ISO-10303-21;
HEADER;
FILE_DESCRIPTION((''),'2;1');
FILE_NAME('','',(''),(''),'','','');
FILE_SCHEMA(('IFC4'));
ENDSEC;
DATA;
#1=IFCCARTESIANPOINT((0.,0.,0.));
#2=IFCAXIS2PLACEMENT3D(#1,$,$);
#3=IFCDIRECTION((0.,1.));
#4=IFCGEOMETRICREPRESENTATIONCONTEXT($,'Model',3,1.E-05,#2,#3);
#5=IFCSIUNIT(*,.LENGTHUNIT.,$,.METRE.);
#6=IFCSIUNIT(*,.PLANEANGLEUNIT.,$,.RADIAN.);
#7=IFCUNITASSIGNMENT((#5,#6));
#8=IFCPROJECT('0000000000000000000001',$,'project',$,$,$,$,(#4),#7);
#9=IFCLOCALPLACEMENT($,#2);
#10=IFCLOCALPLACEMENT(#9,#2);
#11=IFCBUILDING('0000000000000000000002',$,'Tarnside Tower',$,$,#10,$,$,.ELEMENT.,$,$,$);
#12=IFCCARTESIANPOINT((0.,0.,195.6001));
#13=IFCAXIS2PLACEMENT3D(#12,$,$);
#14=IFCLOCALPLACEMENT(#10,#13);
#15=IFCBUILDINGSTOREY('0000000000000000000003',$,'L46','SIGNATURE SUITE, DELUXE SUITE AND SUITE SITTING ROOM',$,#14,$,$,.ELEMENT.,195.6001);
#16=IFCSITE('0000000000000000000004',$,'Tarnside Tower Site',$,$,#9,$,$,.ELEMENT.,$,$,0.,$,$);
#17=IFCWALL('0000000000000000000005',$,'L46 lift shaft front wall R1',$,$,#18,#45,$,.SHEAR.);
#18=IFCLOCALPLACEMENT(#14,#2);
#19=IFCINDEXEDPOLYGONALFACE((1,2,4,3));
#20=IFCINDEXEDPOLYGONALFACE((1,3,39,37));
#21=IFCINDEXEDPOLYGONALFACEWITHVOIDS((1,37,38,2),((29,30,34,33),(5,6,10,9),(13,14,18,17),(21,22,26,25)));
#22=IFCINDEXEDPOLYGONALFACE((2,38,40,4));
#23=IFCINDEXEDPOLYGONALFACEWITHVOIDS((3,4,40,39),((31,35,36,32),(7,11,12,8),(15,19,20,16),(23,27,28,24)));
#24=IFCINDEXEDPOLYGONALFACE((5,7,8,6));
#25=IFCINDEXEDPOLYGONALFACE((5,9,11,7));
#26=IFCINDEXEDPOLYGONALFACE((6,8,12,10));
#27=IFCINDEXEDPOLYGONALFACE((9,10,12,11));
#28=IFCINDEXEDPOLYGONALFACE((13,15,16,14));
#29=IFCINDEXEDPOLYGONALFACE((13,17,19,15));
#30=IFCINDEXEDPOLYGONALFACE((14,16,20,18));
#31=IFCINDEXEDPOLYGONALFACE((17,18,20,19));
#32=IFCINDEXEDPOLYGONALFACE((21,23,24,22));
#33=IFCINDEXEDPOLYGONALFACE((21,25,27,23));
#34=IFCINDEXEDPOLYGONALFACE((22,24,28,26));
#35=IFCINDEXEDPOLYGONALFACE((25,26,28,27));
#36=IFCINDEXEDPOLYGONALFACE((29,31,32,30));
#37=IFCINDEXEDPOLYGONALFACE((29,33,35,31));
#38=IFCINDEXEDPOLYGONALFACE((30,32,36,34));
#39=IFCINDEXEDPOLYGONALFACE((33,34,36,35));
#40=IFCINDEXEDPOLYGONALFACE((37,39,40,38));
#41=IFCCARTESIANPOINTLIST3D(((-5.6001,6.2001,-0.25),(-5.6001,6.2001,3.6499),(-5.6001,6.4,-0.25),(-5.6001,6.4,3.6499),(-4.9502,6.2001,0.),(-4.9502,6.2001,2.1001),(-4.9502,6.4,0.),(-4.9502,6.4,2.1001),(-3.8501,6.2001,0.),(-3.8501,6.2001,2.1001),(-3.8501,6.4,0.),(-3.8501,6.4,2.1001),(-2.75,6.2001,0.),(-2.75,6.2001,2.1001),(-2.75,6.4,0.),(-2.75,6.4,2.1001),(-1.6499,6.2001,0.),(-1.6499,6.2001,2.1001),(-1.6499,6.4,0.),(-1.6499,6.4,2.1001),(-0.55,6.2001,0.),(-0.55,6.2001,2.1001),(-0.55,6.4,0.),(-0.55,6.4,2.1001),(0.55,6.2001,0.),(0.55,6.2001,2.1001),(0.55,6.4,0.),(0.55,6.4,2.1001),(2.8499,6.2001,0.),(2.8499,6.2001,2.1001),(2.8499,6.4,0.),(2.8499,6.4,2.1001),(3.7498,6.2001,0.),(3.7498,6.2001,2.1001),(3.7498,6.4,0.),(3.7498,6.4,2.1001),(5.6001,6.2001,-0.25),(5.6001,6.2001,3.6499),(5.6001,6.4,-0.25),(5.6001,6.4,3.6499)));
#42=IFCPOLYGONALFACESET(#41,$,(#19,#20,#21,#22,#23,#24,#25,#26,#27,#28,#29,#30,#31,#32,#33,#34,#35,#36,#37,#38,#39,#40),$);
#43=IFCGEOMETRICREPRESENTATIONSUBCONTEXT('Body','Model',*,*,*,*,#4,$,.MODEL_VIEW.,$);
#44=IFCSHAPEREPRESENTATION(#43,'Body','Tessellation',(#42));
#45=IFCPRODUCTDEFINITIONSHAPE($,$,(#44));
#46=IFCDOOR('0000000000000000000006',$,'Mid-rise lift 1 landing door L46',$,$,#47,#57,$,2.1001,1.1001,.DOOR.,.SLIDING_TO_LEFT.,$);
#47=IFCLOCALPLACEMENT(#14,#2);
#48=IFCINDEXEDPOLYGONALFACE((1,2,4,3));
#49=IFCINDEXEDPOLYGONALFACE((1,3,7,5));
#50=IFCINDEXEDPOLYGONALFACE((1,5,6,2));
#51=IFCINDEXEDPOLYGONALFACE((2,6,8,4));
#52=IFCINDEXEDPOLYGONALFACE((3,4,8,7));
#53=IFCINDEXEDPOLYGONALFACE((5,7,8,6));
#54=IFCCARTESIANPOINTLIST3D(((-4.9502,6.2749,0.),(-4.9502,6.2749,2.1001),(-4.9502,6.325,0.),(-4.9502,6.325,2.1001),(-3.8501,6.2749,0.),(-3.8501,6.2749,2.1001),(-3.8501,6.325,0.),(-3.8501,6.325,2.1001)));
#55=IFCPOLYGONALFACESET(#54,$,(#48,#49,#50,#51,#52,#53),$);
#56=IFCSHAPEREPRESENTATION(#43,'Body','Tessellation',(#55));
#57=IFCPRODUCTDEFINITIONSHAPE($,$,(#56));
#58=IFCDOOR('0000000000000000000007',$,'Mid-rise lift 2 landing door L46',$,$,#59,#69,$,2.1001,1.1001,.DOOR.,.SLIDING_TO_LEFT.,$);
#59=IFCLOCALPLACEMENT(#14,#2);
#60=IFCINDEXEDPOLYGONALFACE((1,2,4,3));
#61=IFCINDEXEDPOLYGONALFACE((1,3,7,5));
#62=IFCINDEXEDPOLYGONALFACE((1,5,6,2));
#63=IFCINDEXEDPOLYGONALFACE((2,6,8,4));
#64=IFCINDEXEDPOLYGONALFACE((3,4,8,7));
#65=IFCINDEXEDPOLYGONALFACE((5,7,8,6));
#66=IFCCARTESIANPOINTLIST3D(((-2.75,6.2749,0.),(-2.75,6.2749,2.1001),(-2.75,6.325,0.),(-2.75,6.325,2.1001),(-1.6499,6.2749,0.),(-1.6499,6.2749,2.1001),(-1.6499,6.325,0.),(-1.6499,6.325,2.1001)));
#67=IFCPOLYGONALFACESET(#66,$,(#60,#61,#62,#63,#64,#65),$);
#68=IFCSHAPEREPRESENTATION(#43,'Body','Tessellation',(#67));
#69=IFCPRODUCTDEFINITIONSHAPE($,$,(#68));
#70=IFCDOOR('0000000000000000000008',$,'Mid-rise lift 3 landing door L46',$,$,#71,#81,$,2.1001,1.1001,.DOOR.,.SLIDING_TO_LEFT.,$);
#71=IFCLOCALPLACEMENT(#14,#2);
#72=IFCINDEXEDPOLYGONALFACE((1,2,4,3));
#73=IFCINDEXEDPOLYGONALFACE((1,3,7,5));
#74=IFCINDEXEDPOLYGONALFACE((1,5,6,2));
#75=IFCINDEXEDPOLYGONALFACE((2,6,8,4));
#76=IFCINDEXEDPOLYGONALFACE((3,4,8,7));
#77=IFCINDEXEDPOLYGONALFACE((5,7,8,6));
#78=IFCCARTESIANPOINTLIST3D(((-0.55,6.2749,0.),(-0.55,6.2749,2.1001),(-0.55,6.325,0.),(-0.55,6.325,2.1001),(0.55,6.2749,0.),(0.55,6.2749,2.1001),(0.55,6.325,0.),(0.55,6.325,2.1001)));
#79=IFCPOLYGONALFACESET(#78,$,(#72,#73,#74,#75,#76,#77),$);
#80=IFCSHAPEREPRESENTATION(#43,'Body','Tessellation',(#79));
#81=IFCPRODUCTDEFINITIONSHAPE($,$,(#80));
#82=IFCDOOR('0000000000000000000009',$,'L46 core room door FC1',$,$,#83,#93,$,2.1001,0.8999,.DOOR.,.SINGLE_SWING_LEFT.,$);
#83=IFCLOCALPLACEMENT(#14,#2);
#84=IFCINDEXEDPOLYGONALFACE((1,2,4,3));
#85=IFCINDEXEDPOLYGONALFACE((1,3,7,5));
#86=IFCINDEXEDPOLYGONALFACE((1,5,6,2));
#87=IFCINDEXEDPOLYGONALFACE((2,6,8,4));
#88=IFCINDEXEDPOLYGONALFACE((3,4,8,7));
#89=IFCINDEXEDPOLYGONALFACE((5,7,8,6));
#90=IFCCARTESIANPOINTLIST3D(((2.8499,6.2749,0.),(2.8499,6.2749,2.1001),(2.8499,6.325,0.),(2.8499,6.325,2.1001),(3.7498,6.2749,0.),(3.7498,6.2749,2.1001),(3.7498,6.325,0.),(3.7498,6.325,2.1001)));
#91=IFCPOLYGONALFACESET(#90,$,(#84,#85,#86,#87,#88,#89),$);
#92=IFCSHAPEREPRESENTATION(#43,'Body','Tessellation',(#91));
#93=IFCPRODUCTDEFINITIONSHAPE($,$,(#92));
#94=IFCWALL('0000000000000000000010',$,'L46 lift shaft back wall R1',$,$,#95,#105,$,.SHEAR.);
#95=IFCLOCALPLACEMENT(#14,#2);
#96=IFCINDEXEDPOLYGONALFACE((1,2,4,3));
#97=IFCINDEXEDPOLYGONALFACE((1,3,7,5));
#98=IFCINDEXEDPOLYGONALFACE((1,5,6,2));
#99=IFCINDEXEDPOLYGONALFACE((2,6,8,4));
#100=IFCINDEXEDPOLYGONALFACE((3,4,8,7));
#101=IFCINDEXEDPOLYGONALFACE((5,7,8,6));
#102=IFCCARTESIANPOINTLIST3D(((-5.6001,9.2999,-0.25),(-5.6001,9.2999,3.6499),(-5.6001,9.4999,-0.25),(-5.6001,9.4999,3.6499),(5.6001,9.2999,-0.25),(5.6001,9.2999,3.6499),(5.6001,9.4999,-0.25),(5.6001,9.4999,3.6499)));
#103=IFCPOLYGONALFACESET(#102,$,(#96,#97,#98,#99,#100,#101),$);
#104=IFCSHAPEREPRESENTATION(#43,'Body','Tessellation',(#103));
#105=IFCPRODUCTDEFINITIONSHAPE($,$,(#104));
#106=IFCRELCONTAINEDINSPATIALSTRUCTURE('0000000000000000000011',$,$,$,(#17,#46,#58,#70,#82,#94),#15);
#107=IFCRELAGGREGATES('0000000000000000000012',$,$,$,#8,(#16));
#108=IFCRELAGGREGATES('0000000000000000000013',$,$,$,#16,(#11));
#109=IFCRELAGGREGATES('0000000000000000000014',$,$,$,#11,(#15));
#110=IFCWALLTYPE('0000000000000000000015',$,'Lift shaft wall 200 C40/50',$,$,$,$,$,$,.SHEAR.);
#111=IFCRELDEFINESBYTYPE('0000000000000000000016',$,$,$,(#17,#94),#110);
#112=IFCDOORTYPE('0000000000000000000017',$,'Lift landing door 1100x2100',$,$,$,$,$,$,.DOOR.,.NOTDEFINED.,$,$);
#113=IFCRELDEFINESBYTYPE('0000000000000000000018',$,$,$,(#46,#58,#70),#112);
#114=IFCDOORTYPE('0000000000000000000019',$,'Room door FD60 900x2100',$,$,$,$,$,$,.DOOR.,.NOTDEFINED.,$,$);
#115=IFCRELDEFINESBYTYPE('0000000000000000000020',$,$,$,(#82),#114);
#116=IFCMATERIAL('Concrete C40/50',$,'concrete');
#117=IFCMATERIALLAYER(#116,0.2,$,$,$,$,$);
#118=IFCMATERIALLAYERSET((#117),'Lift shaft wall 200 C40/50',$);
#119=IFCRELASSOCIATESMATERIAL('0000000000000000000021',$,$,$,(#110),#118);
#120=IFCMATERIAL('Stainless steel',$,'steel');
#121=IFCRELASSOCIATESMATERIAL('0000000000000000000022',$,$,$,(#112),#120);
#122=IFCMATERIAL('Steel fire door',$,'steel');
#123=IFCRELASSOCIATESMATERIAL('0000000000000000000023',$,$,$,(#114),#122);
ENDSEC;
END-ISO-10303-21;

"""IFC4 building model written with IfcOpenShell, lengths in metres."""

from ifc_helpers import new_model, si_unit, direction, frame, frame_2d, origin, place, context, subcontext, project, spatial, rectangle, extrude, material, layer, layer_set, type_object, element, fill, save


model = new_model("IFC4")

# Units and contexts
model_context = context("Model", 3, precision=1e-05, world=origin(), true_north=direction((0.0, 1.0)))
body_context = subcontext(model_context, "Body", "Model", "MODEL_VIEW")
ifc_project = project(units=[si_unit("LENGTHUNIT", "METRE"), si_unit("PLANEANGLEUNIT", "RADIAN")], contexts=[model_context])

# Site, building, storey
site_placement = place(None, origin())
site = spatial("IfcSite", under=ifc_project, at=site_placement, Name="Tarnside Tower Site", CompositionType="ELEMENT", RefElevation=0.0)
building_placement = place(site_placement, origin())
building = spatial("IfcBuilding", under=site, at=building_placement, Name="Tarnside Tower", CompositionType="ELEMENT")
storey_placement = place(building_placement, frame((0.0, 0.0, 195.6001)))
storey = spatial("IfcBuildingStorey", under=building, at=storey_placement, Name="L46", Description="SIGNATURE SUITE, DELUXE SUITE AND SUITE SITTING ROOM", CompositionType="ELEMENT", Elevation=195.6001)

# Shared definitions
ifc_material_1 = material(Name="Steel fire door", Category="steel")

# Wall, openings, doors
ifc_material_2 = material(Name="Concrete C40/50", Category="concrete")
ifc_layer_1 = layer(ifc_material_2, 0.2)
ifc_layer_set_1 = layer_set([ifc_layer_1], Name="Lift shaft wall 200 C40/50")
wall_type_1 = type_object("IfcWallType", Name="Lift shaft wall 200 C40/50", PredefinedType="SHEAR", material=ifc_layer_set_1)
wall_1_placement = place(storey_placement, frame((-5.6001, 6.3, -0.25), z_axis=(0.0, 0.0, 1.0), x_axis=(1.0, 0.0, 0.0)))
wall_1 = element("IfcWall", 1, at=wall_1_placement, inside=storey, type_object=wall_type_1, Name="L46 lift shaft front wall R1", PredefinedType="SHEAR", context=body_context, shape_type="SweptSolid", body=[
    extrude(rectangle(XDim=11.2002, YDim=0.2, at=frame_2d((5.6001, 0.0))), origin(), (0.0, 0.0, 1.0), 3.8999),
])
opening_1_placement = place(wall_1_placement, frame((8.45, 0.0, 0.25)))
opening_1 = element("IfcOpeningElement", 2, at=opening_1_placement, cuts=wall_1, PredefinedType="OPENING", context=body_context, shape_type="SweptSolid", body=[
    extrude(rectangle(XDim=0.8999, YDim=2.1001, at=frame_2d((0.45, 1.05))), frame((0.0, 0.1099, 0.0), z_axis=(0.0, -1.0, 0.0), x_axis=(1.0, 0.0, 0.0)), (0.0, 0.0, 1.0), 0.22),
])
opening_2_placement = place(wall_1_placement, frame((0.6499, 0.0, 0.25)))
opening_2 = element("IfcOpeningElement", 3, at=opening_2_placement, cuts=wall_1, PredefinedType="OPENING", context=body_context, shape_type="SweptSolid", body=[
    extrude(rectangle(XDim=1.1001, YDim=2.1001, at=frame_2d((0.55, 1.05))), frame((0.0, 0.1099, 0.0), z_axis=(0.0, -1.0, 0.0), x_axis=(1.0, 0.0, 0.0)), (0.0, 0.0, 1.0), 0.22),
])
opening_3_placement = place(wall_1_placement, frame((2.8501, 0.0, 0.25)))
opening_3 = element("IfcOpeningElement", 4, at=opening_3_placement, cuts=wall_1, PredefinedType="OPENING", context=body_context, shape_type="SweptSolid", body=[
    extrude(rectangle(XDim=1.1001, YDim=2.1001, at=frame_2d((0.55, 1.05))), frame((0.0, 0.1099, 0.0), z_axis=(0.0, -1.0, 0.0), x_axis=(1.0, 0.0, 0.0)), (0.0, 0.0, 1.0), 0.22),
])
opening_4_placement = place(wall_1_placement, frame((5.05, 0.0, 0.25)))
opening_4 = element("IfcOpeningElement", 5, at=opening_4_placement, cuts=wall_1, PredefinedType="OPENING", context=body_context, shape_type="SweptSolid", body=[
    extrude(rectangle(XDim=1.1001, YDim=2.1001, at=frame_2d((0.55, 1.05))), frame((0.0, 0.1099, 0.0), z_axis=(0.0, -1.0, 0.0), x_axis=(1.0, 0.0, 0.0)), (0.0, 0.0, 1.0), 0.22),
])
ifc_material_3 = material(Name="Stainless steel", Category="steel")
door_type_1 = type_object("IfcDoorType", Name="Lift landing door 1100x2100", OperationType="NOTDEFINED", PredefinedType="DOOR", material=ifc_material_3)
door_1_placement = place(opening_2_placement, origin())
door_1 = element("IfcDoor", 6, at=door_1_placement, inside=storey, type_object=door_type_1, Name="Mid-rise lift 1 landing door L46", OperationType="SLIDING_TO_LEFT", OverallHeight=2.1001, OverallWidth=1.1001, PredefinedType="DOOR", context=body_context, shape_type="SweptSolid", body=[
    extrude(rectangle(XDim=1.1001, YDim=2.1001, at=frame_2d((0.55, 1.05))), frame((0.0, 0.0249, 0.0), z_axis=(0.0, -1.0, 0.0), x_axis=(1.0, 0.0, 0.0)), (0.0, 0.0, 1.0), 0.05),
])
fill(opening_2, door_1)
door_2_placement = place(opening_3_placement, origin())
door_2 = element("IfcDoor", 7, at=door_2_placement, inside=storey, type_object=door_type_1, Name="Mid-rise lift 2 landing door L46", OperationType="SLIDING_TO_LEFT", OverallHeight=2.1001, OverallWidth=1.1001, PredefinedType="DOOR", context=body_context, shape_type="SweptSolid", body=[
    extrude(rectangle(XDim=1.1001, YDim=2.1001, at=frame_2d((0.55, 1.05))), frame((0.0, 0.0249, 0.0), z_axis=(0.0, -1.0, 0.0), x_axis=(1.0, 0.0, 0.0)), (0.0, 0.0, 1.0), 0.05),
])
fill(opening_3, door_2)
door_3_placement = place(opening_4_placement, origin())
door_3 = element("IfcDoor", 8, at=door_3_placement, inside=storey, type_object=door_type_1, Name="Mid-rise lift 3 landing door L46", OperationType="SLIDING_TO_LEFT", OverallHeight=2.1001, OverallWidth=1.1001, PredefinedType="DOOR", context=body_context, shape_type="SweptSolid", body=[
    extrude(rectangle(XDim=1.1001, YDim=2.1001, at=frame_2d((0.55, 1.05))), frame((0.0, 0.0249, 0.0), z_axis=(0.0, -1.0, 0.0), x_axis=(1.0, 0.0, 0.0)), (0.0, 0.0, 1.0), 0.05),
])
fill(opening_4, door_3)
door_type_2 = type_object("IfcDoorType", Name="Room door FD60 900x2100", OperationType="NOTDEFINED", PredefinedType="DOOR", material=ifc_material_1)
door_4_placement = place(opening_1_placement, origin())
door_4 = element("IfcDoor", 9, at=door_4_placement, inside=storey, type_object=door_type_2, Name="L46 core room door FC1", OperationType="SINGLE_SWING_LEFT", OverallHeight=2.1001, OverallWidth=0.8999, PredefinedType="DOOR", context=body_context, shape_type="SweptSolid", body=[
    extrude(rectangle(XDim=0.8999, YDim=2.1001, at=frame_2d((0.45, 1.05))), frame((0.0, 0.0249, 0.0), z_axis=(0.0, -1.0, 0.0), x_axis=(1.0, 0.0, 0.0)), (0.0, 0.0, 1.0), 0.05),
])
fill(opening_1, door_4)

# Wall
wall_2_placement = place(storey_placement, frame((-5.6001, 9.3999, -0.25), z_axis=(0.0, 0.0, 1.0), x_axis=(1.0, 0.0, 0.0)))
element("IfcWall", 10, at=wall_2_placement, inside=storey, type_object=wall_type_1, Name="L46 lift shaft back wall R1", PredefinedType="SHEAR", context=body_context, shape_type="SweptSolid", body=[
    extrude(rectangle(XDim=11.2002, YDim=0.2, at=frame_2d((5.6001, 0.0))), origin(), (0.0, 0.0, 1.0), 3.8999),
])

save(model, "model.ifc")
